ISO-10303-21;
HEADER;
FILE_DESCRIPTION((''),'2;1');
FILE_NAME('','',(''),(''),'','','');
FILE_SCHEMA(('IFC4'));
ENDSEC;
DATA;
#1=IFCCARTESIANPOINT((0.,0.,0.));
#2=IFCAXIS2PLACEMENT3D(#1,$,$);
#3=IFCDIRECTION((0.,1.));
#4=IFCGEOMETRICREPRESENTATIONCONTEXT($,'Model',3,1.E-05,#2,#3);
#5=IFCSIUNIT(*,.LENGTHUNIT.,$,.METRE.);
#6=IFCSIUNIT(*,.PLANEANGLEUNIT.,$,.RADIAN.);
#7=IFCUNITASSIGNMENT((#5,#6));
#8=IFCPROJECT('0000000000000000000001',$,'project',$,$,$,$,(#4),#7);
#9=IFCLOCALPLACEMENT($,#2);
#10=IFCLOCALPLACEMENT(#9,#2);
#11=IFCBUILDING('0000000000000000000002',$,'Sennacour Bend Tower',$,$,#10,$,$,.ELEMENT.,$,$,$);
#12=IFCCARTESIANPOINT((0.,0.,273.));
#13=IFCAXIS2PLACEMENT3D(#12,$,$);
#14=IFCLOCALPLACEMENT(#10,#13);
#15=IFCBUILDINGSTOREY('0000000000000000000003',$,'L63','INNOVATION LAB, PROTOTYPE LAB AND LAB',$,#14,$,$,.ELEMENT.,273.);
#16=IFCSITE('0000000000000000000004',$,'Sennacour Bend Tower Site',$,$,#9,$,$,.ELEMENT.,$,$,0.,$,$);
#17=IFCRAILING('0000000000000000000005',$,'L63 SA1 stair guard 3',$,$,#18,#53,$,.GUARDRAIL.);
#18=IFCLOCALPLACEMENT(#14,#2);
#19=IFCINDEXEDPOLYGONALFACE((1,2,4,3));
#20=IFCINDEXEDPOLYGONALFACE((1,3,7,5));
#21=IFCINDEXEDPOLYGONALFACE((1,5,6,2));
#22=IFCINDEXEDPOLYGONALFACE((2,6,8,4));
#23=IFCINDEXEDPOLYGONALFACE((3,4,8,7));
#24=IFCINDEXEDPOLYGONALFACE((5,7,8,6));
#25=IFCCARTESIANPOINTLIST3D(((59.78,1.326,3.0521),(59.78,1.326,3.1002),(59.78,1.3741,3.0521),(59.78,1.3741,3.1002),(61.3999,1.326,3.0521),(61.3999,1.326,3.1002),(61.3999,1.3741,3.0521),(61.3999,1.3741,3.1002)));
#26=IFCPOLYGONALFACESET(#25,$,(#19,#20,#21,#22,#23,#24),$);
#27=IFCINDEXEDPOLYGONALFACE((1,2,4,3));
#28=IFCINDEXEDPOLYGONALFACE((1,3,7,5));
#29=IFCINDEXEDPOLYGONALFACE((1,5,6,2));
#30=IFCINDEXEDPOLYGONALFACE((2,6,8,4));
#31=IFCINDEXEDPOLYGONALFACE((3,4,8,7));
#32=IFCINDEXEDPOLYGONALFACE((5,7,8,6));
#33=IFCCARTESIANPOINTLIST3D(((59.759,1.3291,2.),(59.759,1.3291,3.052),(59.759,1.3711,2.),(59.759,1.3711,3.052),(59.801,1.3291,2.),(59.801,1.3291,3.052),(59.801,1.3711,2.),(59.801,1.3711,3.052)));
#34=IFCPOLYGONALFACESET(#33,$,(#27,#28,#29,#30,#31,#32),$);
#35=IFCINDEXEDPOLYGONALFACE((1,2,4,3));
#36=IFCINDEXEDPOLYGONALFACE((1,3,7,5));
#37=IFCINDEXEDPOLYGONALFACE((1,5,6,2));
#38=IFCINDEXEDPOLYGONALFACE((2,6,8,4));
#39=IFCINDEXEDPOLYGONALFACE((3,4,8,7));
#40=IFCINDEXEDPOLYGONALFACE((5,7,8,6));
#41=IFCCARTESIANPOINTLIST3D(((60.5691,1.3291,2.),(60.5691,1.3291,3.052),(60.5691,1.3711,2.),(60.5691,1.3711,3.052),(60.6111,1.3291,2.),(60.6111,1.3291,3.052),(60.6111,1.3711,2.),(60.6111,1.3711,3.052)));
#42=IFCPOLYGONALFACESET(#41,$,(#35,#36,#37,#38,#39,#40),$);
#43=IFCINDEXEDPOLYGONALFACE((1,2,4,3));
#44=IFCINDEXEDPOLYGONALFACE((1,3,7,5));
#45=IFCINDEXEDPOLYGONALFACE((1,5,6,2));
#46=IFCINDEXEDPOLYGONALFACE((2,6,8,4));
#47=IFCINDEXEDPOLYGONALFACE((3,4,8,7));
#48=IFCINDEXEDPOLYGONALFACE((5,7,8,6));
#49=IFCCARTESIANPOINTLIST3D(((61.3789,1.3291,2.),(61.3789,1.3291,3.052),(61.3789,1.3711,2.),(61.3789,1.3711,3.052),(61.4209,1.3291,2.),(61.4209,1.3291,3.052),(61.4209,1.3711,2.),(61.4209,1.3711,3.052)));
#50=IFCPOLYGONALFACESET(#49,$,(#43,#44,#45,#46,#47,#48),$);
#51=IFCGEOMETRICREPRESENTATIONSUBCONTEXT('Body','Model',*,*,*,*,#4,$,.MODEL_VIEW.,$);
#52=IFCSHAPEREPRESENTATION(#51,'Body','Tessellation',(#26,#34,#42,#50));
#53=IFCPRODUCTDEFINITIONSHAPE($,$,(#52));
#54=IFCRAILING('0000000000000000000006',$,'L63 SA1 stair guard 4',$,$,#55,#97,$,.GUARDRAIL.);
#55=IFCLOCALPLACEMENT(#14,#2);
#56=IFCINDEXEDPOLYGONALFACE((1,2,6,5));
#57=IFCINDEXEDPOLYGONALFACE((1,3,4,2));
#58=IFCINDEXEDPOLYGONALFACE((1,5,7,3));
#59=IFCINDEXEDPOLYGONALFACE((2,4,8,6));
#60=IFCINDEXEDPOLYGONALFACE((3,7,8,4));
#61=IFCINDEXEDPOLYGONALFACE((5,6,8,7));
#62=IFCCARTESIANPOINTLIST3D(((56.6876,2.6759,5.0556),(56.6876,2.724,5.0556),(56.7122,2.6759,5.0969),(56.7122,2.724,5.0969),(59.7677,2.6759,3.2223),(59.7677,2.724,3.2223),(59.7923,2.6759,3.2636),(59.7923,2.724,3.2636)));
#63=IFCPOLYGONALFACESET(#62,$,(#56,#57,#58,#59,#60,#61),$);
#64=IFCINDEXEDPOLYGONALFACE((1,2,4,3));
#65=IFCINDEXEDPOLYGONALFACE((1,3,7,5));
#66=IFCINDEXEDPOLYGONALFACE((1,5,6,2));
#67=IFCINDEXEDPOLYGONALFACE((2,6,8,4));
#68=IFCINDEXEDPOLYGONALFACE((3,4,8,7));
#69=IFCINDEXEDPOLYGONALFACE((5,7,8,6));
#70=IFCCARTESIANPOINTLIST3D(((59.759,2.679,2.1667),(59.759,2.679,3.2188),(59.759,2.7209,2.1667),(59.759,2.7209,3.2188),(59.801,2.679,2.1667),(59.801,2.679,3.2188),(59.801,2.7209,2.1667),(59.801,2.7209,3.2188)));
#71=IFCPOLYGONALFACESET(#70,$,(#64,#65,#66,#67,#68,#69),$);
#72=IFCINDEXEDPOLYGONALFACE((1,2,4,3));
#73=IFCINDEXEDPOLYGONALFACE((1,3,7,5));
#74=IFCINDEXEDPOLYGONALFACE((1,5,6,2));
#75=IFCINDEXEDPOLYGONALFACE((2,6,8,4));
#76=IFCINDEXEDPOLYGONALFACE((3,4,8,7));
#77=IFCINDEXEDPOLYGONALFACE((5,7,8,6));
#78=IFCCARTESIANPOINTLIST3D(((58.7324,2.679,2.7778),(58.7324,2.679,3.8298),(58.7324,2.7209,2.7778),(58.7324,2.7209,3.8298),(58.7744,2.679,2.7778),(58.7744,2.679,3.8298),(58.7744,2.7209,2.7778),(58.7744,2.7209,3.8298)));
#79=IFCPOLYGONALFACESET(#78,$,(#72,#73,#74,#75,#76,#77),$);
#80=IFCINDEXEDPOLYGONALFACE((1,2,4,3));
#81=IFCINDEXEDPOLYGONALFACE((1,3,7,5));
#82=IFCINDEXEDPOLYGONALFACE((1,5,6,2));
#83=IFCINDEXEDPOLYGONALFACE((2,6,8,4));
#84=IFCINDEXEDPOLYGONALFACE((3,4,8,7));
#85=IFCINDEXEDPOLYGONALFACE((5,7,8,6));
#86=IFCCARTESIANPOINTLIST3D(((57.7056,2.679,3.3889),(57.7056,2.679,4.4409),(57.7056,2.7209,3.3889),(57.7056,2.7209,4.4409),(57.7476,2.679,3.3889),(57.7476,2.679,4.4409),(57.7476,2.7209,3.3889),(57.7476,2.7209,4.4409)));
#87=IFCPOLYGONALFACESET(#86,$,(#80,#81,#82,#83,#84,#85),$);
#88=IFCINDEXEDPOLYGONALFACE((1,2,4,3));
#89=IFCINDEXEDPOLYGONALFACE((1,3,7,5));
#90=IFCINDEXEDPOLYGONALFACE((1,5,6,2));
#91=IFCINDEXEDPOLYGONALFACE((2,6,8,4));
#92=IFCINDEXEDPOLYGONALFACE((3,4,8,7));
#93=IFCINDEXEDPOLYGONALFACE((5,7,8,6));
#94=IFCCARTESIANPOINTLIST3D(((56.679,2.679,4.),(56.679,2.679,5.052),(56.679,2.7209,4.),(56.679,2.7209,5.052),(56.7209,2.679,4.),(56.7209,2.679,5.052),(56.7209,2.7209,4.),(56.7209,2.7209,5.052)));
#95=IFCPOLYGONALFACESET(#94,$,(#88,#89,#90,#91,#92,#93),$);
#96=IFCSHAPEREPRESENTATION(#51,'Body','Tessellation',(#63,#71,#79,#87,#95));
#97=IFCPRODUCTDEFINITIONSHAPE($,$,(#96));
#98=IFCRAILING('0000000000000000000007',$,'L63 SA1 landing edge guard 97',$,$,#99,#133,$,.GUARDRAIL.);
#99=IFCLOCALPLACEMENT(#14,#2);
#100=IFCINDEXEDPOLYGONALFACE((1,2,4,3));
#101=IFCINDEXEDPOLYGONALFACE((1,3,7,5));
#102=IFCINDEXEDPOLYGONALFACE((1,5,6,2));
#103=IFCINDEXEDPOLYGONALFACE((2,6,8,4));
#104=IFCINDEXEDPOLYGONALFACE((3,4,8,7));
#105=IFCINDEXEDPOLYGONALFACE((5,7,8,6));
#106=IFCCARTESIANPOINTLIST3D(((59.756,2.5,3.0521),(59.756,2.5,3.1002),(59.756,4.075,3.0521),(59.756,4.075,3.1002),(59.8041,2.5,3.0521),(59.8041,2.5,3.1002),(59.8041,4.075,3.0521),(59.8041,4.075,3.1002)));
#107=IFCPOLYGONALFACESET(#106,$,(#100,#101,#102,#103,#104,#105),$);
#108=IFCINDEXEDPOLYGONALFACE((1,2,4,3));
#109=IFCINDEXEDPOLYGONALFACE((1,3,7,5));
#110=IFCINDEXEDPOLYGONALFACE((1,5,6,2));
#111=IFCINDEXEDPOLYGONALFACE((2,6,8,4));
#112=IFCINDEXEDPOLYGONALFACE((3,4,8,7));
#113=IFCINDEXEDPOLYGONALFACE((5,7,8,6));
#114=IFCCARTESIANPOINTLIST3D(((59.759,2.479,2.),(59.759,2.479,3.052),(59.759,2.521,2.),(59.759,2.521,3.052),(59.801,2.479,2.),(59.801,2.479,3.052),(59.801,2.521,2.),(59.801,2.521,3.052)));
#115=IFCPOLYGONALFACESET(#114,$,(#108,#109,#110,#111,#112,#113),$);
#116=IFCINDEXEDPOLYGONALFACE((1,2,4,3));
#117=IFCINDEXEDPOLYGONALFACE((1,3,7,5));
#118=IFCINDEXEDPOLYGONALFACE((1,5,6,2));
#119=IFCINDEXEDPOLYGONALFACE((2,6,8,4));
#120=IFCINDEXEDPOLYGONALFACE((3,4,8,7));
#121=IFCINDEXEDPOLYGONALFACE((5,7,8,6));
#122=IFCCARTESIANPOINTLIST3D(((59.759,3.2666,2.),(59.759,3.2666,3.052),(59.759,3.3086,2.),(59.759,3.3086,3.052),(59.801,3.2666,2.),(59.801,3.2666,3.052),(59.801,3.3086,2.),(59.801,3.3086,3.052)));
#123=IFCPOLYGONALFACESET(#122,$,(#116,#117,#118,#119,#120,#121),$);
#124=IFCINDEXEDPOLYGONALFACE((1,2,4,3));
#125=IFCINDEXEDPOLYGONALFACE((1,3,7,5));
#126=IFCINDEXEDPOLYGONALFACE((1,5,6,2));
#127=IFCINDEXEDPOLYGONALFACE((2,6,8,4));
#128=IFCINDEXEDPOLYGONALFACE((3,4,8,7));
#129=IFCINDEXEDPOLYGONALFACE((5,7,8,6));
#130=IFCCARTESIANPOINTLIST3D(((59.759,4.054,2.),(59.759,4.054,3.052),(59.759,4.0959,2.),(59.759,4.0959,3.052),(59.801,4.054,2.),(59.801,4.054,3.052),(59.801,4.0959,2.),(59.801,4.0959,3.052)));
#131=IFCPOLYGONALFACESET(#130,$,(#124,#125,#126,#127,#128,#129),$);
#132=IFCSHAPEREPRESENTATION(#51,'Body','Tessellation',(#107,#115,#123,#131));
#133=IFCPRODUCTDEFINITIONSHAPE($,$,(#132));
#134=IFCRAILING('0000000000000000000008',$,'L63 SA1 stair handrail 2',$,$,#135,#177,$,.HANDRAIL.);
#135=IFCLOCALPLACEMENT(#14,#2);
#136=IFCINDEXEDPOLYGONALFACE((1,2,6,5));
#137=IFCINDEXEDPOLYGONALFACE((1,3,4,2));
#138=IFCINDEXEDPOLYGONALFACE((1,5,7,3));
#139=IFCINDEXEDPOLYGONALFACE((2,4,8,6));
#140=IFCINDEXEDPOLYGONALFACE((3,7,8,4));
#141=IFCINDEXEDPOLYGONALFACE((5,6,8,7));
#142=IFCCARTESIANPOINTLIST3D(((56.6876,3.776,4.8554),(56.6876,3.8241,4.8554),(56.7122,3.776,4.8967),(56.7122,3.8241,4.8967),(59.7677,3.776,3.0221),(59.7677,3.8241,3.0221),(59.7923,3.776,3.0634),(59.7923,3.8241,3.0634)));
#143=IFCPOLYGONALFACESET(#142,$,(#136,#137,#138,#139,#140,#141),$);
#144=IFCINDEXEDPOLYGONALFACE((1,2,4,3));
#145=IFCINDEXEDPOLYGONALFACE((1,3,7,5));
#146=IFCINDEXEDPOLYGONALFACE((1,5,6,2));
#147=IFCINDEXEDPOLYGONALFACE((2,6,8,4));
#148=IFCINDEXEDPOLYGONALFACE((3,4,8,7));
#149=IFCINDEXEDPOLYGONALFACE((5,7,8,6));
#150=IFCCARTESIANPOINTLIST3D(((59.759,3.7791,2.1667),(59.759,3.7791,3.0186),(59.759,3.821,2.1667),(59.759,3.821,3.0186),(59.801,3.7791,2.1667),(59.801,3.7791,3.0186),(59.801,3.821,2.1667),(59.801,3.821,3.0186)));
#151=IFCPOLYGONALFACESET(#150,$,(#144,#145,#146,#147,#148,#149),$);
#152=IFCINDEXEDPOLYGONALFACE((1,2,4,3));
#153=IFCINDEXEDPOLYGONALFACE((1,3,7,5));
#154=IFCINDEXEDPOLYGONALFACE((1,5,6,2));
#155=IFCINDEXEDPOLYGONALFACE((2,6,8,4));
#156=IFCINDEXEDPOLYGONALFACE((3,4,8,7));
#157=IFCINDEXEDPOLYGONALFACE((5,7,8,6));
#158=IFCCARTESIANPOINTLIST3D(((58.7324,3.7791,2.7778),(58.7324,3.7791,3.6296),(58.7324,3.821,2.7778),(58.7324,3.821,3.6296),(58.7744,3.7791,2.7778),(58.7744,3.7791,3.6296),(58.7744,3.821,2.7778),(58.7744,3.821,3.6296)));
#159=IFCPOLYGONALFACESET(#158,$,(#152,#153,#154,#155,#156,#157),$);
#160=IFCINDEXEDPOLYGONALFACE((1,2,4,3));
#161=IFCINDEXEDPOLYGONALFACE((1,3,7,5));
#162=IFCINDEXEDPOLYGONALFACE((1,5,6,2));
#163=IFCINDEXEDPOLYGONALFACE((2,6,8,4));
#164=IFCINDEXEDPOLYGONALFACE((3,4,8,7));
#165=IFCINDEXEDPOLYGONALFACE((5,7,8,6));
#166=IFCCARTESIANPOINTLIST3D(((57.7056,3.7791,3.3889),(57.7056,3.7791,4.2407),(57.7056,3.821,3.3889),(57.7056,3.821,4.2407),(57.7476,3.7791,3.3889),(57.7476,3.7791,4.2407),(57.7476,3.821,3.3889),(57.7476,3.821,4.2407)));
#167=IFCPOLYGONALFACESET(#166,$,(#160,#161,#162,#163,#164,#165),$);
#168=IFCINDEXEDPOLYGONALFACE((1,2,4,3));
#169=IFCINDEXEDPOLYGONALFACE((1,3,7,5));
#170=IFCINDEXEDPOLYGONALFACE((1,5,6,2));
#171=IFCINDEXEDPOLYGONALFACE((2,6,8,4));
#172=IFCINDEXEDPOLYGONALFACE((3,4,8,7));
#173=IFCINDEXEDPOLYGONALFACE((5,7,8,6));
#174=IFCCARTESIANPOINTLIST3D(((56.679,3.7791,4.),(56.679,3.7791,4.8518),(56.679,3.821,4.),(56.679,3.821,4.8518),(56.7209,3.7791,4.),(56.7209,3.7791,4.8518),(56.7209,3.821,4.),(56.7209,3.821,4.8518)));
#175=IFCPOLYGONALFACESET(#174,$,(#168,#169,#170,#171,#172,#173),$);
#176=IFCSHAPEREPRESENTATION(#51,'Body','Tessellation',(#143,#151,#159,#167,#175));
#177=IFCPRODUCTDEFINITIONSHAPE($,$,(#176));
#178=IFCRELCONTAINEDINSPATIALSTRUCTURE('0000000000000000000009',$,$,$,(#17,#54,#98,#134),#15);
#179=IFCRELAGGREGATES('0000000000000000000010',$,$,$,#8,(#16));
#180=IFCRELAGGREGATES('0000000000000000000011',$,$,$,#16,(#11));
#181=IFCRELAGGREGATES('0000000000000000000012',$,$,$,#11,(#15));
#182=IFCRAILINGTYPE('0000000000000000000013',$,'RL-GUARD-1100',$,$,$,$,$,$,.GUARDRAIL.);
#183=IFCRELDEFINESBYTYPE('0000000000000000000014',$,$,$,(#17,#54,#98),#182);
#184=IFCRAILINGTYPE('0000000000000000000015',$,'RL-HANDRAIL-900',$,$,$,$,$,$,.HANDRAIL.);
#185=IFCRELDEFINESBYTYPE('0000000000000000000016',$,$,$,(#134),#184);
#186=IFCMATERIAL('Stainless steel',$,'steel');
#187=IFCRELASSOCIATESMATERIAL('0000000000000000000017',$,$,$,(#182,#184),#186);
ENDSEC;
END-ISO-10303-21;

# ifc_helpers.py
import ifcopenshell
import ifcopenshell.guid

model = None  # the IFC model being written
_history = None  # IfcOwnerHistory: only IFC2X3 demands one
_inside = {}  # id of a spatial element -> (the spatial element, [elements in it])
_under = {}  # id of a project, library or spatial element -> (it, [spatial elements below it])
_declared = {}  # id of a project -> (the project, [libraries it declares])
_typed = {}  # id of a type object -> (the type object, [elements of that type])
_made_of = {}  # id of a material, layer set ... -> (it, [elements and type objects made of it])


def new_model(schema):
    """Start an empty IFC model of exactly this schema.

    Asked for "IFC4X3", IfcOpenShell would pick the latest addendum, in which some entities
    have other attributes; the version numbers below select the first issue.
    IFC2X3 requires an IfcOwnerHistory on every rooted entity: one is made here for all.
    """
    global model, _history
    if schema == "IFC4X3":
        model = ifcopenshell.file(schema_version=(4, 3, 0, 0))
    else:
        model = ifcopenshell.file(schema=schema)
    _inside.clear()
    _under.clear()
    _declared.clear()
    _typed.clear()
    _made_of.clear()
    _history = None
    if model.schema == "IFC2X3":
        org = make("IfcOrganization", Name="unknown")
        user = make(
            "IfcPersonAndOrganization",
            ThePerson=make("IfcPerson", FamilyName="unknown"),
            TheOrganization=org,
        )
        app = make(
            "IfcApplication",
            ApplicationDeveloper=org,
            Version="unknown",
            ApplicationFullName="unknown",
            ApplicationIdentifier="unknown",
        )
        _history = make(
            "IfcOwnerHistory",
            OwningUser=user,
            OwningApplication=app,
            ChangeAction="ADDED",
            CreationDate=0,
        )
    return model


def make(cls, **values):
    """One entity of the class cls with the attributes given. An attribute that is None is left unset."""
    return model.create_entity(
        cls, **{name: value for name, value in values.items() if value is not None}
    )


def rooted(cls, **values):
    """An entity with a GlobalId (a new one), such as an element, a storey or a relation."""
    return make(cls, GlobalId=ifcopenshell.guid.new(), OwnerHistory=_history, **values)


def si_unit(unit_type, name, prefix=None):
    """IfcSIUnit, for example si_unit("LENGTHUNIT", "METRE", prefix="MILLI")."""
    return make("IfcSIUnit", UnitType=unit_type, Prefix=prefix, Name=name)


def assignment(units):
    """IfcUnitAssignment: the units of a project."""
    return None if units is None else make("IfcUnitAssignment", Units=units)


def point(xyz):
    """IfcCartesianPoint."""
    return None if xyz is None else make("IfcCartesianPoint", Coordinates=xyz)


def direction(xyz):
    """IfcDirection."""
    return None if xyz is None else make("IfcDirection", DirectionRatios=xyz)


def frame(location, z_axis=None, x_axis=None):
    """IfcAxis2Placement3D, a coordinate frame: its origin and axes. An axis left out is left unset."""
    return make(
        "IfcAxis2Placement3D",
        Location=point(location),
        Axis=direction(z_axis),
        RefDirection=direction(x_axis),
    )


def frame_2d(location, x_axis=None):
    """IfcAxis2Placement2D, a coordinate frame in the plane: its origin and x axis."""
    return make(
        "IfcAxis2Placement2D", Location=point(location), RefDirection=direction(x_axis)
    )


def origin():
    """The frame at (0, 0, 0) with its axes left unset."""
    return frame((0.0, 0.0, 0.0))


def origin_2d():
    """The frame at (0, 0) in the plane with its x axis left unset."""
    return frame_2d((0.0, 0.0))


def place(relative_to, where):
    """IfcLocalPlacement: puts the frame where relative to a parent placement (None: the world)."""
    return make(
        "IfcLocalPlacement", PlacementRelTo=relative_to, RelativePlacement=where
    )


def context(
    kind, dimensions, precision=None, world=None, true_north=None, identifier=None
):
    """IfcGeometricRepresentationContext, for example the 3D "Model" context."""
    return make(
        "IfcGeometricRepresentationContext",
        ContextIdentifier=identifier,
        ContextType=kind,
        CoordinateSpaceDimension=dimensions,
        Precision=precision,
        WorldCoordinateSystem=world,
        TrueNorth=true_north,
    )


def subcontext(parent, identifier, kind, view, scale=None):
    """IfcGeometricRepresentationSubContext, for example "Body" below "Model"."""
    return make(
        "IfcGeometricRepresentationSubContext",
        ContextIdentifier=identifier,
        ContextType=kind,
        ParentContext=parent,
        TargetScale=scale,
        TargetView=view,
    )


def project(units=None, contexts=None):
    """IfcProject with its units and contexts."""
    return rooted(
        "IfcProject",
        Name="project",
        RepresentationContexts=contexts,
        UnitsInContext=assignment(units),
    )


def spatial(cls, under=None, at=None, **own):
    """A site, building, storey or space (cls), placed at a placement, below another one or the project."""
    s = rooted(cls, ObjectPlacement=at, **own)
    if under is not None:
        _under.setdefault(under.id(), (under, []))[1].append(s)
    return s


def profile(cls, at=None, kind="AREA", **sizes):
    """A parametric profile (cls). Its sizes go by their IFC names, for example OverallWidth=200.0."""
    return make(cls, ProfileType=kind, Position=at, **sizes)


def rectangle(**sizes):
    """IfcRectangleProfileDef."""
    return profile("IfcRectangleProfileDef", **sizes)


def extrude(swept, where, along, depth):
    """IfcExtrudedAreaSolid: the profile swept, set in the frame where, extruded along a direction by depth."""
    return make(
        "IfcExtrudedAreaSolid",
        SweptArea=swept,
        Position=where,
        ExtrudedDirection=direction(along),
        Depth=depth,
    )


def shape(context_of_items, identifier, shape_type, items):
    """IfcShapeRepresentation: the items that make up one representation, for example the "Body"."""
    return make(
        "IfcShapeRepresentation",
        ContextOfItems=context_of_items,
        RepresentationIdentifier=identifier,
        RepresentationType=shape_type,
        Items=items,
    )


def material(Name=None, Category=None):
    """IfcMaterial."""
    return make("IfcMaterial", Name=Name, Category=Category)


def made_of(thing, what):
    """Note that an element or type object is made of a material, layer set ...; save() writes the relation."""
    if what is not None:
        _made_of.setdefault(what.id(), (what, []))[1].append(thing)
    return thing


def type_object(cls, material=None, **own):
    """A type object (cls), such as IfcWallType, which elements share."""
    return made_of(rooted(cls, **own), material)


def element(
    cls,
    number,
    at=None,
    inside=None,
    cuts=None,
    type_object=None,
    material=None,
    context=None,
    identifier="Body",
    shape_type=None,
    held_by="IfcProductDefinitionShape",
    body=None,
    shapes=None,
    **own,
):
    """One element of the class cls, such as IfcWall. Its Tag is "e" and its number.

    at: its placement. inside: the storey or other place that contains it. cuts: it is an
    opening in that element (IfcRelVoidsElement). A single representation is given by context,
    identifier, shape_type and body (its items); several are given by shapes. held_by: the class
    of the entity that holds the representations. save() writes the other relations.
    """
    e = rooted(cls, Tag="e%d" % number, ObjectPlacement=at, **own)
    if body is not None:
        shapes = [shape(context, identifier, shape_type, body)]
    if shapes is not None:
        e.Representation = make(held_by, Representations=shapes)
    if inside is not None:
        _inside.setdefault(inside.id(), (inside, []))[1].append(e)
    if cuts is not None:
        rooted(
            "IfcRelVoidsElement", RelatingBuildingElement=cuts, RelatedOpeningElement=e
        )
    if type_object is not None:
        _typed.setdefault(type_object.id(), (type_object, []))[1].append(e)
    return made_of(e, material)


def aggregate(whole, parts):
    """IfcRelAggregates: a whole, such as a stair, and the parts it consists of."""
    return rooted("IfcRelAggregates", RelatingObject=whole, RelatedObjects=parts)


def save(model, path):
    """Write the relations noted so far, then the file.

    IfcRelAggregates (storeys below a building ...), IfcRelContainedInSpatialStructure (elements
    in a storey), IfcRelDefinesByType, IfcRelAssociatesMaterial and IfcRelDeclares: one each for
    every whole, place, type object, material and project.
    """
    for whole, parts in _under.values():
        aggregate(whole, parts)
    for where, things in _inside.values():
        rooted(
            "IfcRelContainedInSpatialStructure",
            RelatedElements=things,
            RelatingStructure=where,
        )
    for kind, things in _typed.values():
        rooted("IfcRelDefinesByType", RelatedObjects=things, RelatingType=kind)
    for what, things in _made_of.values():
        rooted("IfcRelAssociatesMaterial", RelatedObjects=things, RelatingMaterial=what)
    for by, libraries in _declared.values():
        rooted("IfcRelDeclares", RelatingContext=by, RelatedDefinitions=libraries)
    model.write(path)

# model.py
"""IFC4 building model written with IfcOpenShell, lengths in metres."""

from ifc_helpers import new_model, si_unit, direction, frame, origin, origin_2d, place, context, subcontext, project, spatial, rectangle, extrude, material, type_object, element, save


model = new_model("IFC4")

# Units and contexts
model_context = context("Model", 3, precision=1e-05, world=origin(), true_north=direction((0.0, 1.0)))
body_context = subcontext(model_context, "Body", "Model", "MODEL_VIEW")
ifc_project = project(units=[si_unit("LENGTHUNIT", "METRE"), si_unit("PLANEANGLEUNIT", "RADIAN")], contexts=[model_context])

# Site, building, storey
site_placement = place(None, origin())
site = spatial("IfcSite", under=ifc_project, at=site_placement, Name="Sennacour Bend Tower Site", CompositionType="ELEMENT", RefElevation=0.0)
building_placement = place(site_placement, origin())
building = spatial("IfcBuilding", under=site, at=building_placement, Name="Sennacour Bend Tower", CompositionType="ELEMENT")
storey_placement = place(building_placement, frame((0.0, 0.0, 273.0)))
storey = spatial("IfcBuildingStorey", under=building, at=storey_placement, Name="L63", Description="INNOVATION LAB, PROTOTYPE LAB AND LAB", CompositionType="ELEMENT", Elevation=273.0)

# Shared definitions
ifc_material_1 = material(Name="Stainless steel", Category="steel")

# Railings
railing_type_1 = type_object("IfcRailingType", Name="RL-GUARD-1100", PredefinedType="GUARDRAIL", material=ifc_material_1)
railing_1_placement = place(storey_placement, frame((59.78, 1.3501, 2.0)))
element("IfcRailing", 1, at=railing_1_placement, inside=storey, type_object=railing_type_1, Name="L63 SA1 stair guard 3", PredefinedType="GUARDRAIL", context=body_context, shape_type="SweptSolid", body=[
    extrude(rectangle(XDim=0.0481, YDim=0.0481, at=origin_2d()), frame((0.0, 0.0, 1.0762), z_axis=(1.0, 0.0, 0.0), x_axis=(0.0, 1.0, 0.0)), (0.0, 0.0, 1.0), 1.6199),
    extrude(rectangle(XDim=0.042, YDim=0.042, at=origin_2d()), origin(), (0.0, 0.0, 1.0), 1.052),
    extrude(rectangle(XDim=0.042, YDim=0.042, at=origin_2d()), frame((0.8101, 0.0, 0.0)), (0.0, 0.0, 1.0), 1.052),
    extrude(rectangle(XDim=0.042, YDim=0.042, at=origin_2d()), frame((1.6199, 0.0, 0.0)), (0.0, 0.0, 1.0), 1.052),
])
railing_2_placement = place(storey_placement, frame((59.78, 2.7, 2.1667)))
element("IfcRailing", 2, at=railing_2_placement, inside=storey, type_object=railing_type_1, Name="L63 SA1 stair guard 4", PredefinedType="GUARDRAIL", context=body_context, shape_type="SweptSolid", body=[
    extrude(rectangle(XDim=0.0481, YDim=0.0481, at=origin_2d()), frame((0.0, 0.0, 1.0762), z_axis=(-0.859309, 0.0, 0.511458), x_axis=(0.0, -1.0, 0.0)), (0.0, 0.0, 1.0), 3.5845),
    extrude(rectangle(XDim=0.042, YDim=0.042, at=origin_2d()), origin(), (0.0, 0.0, 1.0), 1.052),
    extrude(rectangle(XDim=0.042, YDim=0.042, at=origin_2d()), frame((-1.0266, 0.0, 0.6111)), (0.0, 0.0, 1.0), 1.052),
    extrude(rectangle(XDim=0.042, YDim=0.042, at=origin_2d()), frame((-2.0535, 0.0, 1.2222)), (0.0, 0.0, 1.0), 1.052),
    extrude(rectangle(XDim=0.042, YDim=0.042, at=origin_2d()), frame((-3.0801, 0.0, 1.8333)), (0.0, 0.0, 1.0), 1.052),
])
railing_3_placement = place(storey_placement, frame((59.78, 2.5, 2.0)))
element("IfcRailing", 3, at=railing_3_placement, inside=storey, type_object=railing_type_1, Name="L63 SA1 landing edge guard 97", PredefinedType="GUARDRAIL", context=body_context, shape_type="SweptSolid", body=[
    extrude(rectangle(XDim=0.0481, YDim=0.0481, at=origin_2d()), frame((0.0, 0.0, 1.0762), z_axis=(0.0, 1.0, 0.0), x_axis=(-1.0, 0.0, 0.0)), (0.0, 0.0, 1.0), 1.575),
    extrude(rectangle(XDim=0.042, YDim=0.042, at=origin_2d()), origin(), (0.0, 0.0, 1.0), 1.052),
    extrude(rectangle(XDim=0.042, YDim=0.042, at=origin_2d()), frame((0.0, 0.7876, 0.0)), (0.0, 0.0, 1.0), 1.052),
    extrude(rectangle(XDim=0.042, YDim=0.042, at=origin_2d()), frame((0.0, 1.575, 0.0)), (0.0, 0.0, 1.0), 1.052),
])
railing_type_2 = type_object("IfcRailingType", Name="RL-HANDRAIL-900", PredefinedType="HANDRAIL", material=ifc_material_1)
railing_4_placement = place(storey_placement, frame((59.78, 3.8, 2.1667)))
element("IfcRailing", 4, at=railing_4_placement, inside=storey, type_object=railing_type_2, Name="L63 SA1 stair handrail 2", PredefinedType="HANDRAIL", context=body_context, shape_type="SweptSolid", body=[
    extrude(rectangle(XDim=0.0481, YDim=0.0481, at=origin_2d()), frame((0.0, 0.0, 0.876), z_axis=(-0.859309, 0.0, 0.511458), x_axis=(0.0, -1.0, 0.0)), (0.0, 0.0, 1.0), 3.5845),
    extrude(rectangle(XDim=0.042, YDim=0.042, at=origin_2d()), origin(), (0.0, 0.0, 1.0), 0.8518),
    extrude(rectangle(XDim=0.042, YDim=0.042, at=origin_2d()), frame((-1.0266, 0.0, 0.6111)), (0.0, 0.0, 1.0), 0.8518),
    extrude(rectangle(XDim=0.042, YDim=0.042, at=origin_2d()), frame((-2.0535, 0.0, 1.2222)), (0.0, 0.0, 1.0), 0.8518),
    extrude(rectangle(XDim=0.042, YDim=0.042, at=origin_2d()), frame((-3.0801, 0.0, 1.8333)), (0.0, 0.0, 1.0), 0.8518),
])

save(model, "model.ifc")
